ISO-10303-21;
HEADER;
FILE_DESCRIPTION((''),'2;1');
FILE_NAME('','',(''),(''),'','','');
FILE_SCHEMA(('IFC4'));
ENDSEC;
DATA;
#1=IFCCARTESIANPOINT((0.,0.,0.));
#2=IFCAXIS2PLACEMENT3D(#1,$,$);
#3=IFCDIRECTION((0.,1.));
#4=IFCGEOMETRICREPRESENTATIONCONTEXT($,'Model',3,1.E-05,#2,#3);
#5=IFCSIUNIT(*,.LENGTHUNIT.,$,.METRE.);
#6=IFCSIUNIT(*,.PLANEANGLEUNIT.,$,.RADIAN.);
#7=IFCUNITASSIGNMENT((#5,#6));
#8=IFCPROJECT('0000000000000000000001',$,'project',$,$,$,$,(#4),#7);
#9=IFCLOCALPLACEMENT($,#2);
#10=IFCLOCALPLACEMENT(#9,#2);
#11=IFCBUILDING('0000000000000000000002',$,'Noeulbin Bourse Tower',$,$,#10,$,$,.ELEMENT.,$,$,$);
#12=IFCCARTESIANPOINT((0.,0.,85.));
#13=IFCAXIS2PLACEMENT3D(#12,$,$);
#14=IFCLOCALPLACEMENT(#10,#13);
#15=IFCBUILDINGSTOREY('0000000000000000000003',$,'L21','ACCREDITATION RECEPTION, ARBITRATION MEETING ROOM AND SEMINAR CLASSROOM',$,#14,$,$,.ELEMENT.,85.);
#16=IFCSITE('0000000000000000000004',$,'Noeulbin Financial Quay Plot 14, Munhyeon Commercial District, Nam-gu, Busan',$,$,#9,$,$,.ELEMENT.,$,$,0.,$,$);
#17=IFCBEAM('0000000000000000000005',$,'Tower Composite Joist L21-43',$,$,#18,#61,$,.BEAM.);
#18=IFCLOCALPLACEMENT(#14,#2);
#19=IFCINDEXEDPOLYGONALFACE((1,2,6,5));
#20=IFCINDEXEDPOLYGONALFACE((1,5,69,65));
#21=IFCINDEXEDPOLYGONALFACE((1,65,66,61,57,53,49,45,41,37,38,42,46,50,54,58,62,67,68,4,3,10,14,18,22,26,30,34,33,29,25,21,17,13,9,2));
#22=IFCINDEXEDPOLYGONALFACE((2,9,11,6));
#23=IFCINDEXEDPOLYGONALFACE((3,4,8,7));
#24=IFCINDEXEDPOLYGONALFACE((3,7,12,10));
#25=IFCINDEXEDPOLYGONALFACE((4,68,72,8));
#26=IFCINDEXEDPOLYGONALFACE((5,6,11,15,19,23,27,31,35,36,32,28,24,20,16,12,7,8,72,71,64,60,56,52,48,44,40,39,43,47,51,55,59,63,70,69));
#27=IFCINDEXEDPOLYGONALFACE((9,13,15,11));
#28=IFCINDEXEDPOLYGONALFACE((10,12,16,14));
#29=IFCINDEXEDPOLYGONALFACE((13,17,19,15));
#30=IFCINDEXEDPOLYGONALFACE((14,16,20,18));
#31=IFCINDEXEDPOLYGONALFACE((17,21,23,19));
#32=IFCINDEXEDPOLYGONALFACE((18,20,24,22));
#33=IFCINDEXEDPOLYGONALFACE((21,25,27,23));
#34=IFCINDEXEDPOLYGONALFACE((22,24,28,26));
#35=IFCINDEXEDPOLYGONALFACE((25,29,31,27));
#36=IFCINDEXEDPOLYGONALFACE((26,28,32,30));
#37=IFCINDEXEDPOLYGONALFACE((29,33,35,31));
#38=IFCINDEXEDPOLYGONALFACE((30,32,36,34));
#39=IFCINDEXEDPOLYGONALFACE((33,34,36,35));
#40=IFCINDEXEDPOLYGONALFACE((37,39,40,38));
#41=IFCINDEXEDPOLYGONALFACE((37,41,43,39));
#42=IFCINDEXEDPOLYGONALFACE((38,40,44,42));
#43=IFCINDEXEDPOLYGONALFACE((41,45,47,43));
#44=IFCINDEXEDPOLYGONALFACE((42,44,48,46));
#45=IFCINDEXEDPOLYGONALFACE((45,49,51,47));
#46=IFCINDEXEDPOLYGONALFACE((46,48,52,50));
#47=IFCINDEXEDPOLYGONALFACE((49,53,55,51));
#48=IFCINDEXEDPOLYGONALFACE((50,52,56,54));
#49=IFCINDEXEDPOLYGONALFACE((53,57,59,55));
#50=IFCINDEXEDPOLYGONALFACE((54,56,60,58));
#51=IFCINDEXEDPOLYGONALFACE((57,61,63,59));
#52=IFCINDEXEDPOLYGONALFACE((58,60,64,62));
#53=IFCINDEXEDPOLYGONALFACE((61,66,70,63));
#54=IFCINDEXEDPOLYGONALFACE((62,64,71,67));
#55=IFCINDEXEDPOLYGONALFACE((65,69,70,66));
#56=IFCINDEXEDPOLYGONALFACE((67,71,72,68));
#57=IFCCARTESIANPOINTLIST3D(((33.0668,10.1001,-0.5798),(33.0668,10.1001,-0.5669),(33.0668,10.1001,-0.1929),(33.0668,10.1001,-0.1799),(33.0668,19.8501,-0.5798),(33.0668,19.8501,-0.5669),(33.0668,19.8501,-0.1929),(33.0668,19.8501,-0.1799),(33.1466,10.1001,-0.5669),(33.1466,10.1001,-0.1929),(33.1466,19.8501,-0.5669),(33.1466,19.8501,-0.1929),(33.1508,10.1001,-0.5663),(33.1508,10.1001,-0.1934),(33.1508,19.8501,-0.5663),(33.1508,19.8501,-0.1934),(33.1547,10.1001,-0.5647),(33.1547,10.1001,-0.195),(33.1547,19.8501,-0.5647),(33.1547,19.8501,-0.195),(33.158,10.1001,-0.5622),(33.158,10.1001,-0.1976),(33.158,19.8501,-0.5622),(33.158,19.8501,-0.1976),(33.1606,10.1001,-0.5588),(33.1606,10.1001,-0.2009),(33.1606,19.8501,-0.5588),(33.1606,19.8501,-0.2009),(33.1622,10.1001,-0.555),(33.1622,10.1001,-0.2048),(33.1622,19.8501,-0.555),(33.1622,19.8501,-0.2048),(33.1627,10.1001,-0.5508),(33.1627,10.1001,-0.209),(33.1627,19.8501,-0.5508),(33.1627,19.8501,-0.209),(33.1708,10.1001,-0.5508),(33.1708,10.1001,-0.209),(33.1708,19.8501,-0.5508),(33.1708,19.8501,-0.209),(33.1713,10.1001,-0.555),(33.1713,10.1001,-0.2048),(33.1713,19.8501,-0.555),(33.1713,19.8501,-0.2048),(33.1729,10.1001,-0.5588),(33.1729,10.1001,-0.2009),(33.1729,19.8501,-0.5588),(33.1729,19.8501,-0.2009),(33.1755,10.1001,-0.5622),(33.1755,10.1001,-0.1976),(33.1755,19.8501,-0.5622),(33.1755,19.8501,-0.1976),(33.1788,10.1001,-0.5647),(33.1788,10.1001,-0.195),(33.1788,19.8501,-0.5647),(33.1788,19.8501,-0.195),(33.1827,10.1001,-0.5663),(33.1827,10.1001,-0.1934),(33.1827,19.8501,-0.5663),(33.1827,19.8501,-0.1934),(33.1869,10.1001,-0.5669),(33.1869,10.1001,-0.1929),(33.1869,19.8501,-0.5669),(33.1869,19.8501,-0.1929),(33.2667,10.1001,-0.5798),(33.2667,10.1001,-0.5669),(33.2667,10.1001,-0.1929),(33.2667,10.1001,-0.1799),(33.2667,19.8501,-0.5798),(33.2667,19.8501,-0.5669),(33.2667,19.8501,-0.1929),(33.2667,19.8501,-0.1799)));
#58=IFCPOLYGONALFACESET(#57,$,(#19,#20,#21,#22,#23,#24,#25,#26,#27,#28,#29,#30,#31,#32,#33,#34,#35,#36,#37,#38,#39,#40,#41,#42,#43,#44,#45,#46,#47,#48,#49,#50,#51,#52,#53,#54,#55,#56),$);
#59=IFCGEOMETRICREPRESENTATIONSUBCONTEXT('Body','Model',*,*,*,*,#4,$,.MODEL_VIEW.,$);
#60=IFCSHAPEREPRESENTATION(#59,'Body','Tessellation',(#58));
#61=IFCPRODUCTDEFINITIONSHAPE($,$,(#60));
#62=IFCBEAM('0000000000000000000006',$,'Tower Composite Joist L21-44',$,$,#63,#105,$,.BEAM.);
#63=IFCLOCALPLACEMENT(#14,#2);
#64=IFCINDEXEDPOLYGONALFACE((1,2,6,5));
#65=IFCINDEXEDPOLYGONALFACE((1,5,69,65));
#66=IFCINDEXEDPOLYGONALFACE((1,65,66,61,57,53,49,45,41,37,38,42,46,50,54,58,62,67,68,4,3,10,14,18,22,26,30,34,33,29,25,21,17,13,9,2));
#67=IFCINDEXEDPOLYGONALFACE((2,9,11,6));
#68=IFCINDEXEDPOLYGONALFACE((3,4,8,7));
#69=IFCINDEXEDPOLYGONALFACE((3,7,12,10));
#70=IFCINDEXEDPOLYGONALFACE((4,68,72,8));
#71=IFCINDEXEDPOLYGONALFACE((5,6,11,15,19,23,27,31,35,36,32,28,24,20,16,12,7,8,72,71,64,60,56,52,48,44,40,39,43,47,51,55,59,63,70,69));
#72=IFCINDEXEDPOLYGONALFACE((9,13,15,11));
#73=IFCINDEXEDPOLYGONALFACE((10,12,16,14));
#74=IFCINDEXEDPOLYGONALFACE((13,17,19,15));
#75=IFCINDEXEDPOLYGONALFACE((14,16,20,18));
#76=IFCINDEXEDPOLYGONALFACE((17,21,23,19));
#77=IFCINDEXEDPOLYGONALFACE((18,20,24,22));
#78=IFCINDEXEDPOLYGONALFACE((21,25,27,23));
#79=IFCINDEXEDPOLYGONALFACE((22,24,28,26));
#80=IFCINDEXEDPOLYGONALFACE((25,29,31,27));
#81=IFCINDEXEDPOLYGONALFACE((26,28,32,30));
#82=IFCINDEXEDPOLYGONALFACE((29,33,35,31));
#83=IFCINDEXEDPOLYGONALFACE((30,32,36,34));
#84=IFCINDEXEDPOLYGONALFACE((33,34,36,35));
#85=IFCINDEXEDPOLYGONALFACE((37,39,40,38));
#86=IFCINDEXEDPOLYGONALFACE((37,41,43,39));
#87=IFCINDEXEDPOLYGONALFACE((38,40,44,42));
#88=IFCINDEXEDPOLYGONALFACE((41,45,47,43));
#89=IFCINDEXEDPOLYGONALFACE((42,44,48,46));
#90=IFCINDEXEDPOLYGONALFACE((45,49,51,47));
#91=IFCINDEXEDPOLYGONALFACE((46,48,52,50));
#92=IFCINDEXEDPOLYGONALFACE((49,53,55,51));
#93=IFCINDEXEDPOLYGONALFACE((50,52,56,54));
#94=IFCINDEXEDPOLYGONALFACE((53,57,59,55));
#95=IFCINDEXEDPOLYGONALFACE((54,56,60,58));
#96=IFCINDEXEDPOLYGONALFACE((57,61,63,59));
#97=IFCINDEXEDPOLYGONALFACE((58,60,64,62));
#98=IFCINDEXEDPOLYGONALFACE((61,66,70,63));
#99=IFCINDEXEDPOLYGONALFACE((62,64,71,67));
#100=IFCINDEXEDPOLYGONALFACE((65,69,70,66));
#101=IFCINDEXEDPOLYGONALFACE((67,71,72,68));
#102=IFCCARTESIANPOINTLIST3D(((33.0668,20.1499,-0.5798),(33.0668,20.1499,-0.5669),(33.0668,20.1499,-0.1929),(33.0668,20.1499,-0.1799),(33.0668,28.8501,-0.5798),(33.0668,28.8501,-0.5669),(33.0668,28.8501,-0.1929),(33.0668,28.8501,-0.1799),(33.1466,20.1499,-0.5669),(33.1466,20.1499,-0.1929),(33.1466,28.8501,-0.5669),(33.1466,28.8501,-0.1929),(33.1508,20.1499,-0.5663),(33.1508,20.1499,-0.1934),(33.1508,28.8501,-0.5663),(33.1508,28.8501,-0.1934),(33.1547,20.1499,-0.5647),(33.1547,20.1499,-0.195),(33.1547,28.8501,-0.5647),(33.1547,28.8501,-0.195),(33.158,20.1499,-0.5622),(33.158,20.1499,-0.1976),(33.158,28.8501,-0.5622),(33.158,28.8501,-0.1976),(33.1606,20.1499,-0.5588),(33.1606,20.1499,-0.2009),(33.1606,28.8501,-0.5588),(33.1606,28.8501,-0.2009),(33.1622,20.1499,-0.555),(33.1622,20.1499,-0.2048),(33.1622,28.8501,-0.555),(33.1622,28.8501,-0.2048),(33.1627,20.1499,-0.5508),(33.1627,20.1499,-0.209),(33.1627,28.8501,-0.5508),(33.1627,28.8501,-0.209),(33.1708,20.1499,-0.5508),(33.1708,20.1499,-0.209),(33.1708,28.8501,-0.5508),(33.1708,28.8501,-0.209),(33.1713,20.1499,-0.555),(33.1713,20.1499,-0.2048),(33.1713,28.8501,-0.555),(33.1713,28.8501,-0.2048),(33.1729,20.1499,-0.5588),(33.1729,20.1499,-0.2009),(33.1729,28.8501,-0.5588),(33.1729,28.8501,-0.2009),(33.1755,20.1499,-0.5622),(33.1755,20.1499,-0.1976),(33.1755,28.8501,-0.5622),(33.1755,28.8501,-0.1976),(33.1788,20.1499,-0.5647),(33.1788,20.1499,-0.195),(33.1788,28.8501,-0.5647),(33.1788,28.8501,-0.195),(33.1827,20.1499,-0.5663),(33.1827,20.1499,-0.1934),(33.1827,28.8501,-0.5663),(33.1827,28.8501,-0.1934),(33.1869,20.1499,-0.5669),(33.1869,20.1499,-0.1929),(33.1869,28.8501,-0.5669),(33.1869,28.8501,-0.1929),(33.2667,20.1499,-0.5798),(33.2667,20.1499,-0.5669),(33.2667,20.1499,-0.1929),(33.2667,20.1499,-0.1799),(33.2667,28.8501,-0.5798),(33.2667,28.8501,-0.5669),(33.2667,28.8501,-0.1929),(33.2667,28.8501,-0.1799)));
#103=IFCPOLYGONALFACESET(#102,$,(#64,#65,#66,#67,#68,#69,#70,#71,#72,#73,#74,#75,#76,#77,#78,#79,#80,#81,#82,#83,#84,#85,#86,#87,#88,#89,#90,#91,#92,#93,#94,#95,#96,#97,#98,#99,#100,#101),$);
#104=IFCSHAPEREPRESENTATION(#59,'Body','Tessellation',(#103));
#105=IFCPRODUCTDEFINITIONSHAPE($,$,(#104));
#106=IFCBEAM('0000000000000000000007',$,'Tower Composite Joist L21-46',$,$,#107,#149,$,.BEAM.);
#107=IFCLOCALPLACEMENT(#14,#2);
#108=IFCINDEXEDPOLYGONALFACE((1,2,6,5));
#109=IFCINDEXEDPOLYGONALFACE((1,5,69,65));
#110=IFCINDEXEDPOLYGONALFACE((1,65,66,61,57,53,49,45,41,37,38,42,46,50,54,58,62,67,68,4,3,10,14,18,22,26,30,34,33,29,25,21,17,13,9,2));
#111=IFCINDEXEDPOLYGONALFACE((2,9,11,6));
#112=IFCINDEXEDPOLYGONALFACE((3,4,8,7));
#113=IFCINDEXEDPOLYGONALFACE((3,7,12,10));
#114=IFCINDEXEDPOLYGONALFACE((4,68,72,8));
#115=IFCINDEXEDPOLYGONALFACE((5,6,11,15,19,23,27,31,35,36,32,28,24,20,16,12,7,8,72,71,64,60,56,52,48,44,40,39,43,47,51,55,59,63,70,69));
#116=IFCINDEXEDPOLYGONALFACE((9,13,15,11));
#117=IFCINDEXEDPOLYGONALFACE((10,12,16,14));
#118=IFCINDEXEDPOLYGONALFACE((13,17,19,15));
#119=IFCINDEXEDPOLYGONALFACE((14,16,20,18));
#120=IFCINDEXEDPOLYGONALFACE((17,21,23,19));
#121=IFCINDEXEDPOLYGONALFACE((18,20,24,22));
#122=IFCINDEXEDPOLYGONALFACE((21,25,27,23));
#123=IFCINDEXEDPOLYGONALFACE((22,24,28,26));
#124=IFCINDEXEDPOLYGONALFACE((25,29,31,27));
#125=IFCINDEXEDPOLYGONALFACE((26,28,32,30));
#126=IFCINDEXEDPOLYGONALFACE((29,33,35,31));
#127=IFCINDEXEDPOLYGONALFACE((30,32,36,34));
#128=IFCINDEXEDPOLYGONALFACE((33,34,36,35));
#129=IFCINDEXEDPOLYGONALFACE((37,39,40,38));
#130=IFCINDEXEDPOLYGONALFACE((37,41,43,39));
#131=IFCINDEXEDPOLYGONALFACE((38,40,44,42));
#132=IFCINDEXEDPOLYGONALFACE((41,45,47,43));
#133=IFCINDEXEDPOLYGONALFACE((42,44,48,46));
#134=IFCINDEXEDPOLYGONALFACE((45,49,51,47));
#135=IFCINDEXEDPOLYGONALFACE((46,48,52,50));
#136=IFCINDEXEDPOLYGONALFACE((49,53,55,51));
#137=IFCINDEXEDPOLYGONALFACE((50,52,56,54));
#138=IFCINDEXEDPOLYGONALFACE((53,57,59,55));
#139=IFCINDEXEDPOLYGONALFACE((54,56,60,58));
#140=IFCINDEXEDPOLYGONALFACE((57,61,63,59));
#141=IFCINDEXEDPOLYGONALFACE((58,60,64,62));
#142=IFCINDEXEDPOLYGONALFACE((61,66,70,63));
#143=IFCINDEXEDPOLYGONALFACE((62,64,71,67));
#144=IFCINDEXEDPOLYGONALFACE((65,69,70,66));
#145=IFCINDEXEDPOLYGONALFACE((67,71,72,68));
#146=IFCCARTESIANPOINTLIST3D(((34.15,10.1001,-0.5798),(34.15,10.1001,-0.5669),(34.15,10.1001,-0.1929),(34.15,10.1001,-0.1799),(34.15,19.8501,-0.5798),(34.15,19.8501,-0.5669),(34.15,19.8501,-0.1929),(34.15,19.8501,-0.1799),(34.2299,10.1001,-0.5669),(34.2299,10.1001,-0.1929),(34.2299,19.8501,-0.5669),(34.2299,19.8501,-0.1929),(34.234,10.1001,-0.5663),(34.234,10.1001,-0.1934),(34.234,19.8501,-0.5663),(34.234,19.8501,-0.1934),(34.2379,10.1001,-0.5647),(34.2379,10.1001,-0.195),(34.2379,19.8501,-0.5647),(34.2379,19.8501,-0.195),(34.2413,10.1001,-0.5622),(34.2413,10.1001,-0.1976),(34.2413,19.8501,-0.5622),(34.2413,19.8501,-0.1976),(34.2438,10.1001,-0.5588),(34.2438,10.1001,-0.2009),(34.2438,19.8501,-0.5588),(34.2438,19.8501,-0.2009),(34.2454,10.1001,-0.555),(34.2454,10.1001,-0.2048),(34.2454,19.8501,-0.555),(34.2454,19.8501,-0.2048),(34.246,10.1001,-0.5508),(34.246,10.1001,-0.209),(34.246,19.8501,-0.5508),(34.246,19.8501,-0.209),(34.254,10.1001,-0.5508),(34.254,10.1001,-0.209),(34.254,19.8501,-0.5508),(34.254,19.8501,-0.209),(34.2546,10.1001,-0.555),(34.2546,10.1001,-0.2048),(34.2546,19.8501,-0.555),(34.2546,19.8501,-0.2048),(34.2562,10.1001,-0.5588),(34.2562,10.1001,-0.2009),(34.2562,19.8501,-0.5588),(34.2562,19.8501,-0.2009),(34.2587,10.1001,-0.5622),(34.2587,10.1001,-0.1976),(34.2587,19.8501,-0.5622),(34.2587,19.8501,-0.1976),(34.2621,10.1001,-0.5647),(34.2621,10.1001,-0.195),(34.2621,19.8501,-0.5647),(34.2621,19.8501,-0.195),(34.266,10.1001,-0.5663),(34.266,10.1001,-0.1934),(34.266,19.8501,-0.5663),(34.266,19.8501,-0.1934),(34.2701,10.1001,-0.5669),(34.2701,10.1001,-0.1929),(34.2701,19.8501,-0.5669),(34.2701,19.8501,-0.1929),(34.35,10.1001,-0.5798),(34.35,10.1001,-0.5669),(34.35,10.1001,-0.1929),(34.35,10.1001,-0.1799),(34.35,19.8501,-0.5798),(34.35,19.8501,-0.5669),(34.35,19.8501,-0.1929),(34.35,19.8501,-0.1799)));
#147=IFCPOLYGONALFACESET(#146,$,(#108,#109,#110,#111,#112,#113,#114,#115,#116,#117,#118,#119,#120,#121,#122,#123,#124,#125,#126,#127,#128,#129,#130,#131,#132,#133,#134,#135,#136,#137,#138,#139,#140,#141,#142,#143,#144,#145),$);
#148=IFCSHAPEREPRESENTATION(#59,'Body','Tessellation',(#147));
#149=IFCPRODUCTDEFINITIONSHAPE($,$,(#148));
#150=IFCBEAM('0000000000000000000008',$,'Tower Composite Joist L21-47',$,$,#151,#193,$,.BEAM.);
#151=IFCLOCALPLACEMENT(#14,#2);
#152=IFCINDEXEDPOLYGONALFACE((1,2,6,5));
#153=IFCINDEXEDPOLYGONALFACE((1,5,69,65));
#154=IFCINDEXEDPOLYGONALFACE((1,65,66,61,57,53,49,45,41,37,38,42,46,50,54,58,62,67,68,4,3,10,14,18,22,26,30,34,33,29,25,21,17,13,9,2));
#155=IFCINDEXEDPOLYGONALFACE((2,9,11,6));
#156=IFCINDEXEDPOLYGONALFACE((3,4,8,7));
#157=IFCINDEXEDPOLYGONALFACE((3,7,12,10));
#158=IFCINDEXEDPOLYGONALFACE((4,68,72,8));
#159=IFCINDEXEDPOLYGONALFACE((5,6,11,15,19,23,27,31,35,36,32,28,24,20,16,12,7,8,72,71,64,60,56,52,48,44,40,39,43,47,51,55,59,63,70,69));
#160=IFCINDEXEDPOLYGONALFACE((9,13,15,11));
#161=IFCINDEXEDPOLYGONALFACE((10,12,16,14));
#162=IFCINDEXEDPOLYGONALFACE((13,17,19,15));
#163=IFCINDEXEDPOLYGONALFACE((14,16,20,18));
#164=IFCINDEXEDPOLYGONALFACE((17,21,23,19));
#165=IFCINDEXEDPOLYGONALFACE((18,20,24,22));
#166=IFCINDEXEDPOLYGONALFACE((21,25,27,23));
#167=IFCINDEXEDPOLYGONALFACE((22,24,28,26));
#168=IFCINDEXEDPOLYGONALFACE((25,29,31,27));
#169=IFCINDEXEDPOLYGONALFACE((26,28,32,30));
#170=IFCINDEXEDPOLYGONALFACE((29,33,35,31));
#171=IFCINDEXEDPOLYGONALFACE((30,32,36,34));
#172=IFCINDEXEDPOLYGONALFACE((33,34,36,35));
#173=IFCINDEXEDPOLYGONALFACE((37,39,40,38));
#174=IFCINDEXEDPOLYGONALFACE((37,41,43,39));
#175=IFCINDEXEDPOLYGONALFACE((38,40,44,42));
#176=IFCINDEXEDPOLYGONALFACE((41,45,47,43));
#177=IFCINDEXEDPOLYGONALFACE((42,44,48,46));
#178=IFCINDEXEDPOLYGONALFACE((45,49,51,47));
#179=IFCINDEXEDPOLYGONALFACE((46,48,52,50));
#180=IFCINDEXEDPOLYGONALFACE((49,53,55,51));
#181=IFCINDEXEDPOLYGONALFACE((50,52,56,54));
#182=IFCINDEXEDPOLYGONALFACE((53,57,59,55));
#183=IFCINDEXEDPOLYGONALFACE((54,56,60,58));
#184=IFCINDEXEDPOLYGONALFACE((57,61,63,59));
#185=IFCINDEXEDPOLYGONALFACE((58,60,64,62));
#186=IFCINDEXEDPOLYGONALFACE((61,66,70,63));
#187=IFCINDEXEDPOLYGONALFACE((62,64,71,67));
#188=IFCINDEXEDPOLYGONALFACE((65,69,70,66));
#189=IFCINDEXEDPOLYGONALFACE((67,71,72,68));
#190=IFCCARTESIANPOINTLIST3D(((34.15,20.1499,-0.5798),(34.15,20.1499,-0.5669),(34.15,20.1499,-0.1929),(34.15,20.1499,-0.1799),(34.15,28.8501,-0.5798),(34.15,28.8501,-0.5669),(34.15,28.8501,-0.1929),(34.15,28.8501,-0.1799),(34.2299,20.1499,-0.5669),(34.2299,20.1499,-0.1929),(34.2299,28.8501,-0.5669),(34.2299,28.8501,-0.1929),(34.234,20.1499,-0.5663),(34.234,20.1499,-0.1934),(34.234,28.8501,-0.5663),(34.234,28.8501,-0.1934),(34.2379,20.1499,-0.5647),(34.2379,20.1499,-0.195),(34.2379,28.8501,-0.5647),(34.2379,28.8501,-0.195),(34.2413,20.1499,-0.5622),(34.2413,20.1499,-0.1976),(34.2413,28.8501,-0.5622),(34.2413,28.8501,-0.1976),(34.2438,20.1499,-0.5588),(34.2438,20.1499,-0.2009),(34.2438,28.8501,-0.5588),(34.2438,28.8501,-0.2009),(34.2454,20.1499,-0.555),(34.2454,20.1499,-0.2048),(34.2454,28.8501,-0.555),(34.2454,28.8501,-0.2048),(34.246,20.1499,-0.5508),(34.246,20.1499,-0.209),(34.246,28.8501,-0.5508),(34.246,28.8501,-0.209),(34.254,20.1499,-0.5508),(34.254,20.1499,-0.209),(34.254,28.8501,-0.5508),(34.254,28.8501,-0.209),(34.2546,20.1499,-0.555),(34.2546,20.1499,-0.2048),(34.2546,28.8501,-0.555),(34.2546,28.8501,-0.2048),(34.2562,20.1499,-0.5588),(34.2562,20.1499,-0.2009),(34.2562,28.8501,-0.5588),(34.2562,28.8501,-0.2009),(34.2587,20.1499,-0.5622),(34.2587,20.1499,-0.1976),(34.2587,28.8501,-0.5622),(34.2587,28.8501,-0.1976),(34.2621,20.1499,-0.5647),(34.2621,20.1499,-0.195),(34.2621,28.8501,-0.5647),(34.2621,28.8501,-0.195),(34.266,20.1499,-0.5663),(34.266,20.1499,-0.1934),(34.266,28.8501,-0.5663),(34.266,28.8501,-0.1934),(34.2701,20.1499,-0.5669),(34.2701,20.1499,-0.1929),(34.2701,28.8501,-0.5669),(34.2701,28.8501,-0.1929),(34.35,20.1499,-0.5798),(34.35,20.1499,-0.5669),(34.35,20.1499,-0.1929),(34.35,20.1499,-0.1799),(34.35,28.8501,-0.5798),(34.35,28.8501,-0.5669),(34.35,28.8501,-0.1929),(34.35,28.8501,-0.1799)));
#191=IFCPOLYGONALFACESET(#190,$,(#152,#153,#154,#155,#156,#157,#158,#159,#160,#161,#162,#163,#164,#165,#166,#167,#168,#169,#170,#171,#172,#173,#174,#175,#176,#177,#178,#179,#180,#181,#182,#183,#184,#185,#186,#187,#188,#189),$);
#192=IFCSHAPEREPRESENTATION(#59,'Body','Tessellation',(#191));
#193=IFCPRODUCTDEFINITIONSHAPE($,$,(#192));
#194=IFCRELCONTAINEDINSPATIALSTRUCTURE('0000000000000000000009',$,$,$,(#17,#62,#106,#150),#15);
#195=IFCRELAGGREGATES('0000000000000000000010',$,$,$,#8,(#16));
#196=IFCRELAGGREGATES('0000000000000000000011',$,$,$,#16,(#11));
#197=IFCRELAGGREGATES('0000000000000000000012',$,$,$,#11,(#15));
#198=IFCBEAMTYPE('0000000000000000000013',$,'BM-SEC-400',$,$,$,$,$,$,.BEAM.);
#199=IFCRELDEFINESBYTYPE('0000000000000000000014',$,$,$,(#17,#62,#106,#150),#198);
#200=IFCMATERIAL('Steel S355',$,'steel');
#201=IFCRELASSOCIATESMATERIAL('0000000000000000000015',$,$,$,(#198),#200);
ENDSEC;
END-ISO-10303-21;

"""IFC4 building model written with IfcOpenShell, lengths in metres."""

from ifc_helpers import new_model, si_unit, direction, frame, origin, origin_2d, place, context, subcontext, project, spatial, i_section, extrude, material, material_profile, profile_set, type_object, element, save


model = new_model("IFC4")

# Units and contexts
model_context = context("Model", 3, precision=1e-05, world=origin(), true_north=direction((0.0, 1.0)))
body_context = subcontext(model_context, "Body", "Model", "MODEL_VIEW")
ifc_project = project(units=[si_unit("LENGTHUNIT", "METRE"), si_unit("PLANEANGLEUNIT", "RADIAN")], contexts=[model_context])

# Site, building, storey
site_placement = place(None, origin())
site = spatial("IfcSite", under=ifc_project, at=site_placement, Name="Noeulbin Financial Quay Plot 14, Munhyeon Commercial District, Nam-gu, Busan", CompositionType="ELEMENT", RefElevation=0.0)
building_placement = place(site_placement, origin())
building = spatial("IfcBuilding", under=site, at=building_placement, Name="Noeulbin Bourse Tower", CompositionType="ELEMENT")
storey_placement = place(building_placement, frame((0.0, 0.0, 85.0)))
storey = spatial("IfcBuildingStorey", under=building, at=storey_placement, Name="L21", Description="ACCREDITATION RECEPTION, ARBITRATION MEETING ROOM AND SEMINAR CLASSROOM", CompositionType="ELEMENT", Elevation=85.0)

# Beams
ifc_material_1 = material(Name="Steel S355", Category="steel")
ifc_material_profile_1 = material_profile(ifc_material_1, i_section(OverallWidth=0.2, OverallDepth=0.3999, WebThickness=0.0081, FlangeThickness=0.0129, FilletRadius=0.0161, at=origin_2d()), Name="H-400x200x8x13", Category="LoadBearing")
ifc_profile_set_1 = profile_set([ifc_material_profile_1], Name="Steel S355")
beam_type_1 = type_object("IfcBeamType", Name="BM-SEC-400", PredefinedType="BEAM", material=ifc_profile_set_1)
beam_1_placement = place(storey_placement, frame((33.1667, 10.1001, -0.3799), z_axis=(0.0, 1.0, 0.0), x_axis=(-1.0, 0.0, 0.0)))
element("IfcBeam", 1, at=beam_1_placement, inside=storey, type_object=beam_type_1, Name="Tower Composite Joist L21-43", PredefinedType="BEAM", context=body_context, shape_type="SweptSolid", body=[
    extrude(i_section(OverallWidth=0.2, OverallDepth=0.3999, WebThickness=0.0081, FlangeThickness=0.0129, FilletRadius=0.0161, at=origin_2d()), origin(), (0.0, 0.0, 1.0), 9.75),
])
beam_2_placement = place(storey_placement, frame((33.1667, 20.1499, -0.3799), z_axis=(0.0, 1.0, 0.0), x_axis=(-1.0, 0.0, 0.0)))
element("IfcBeam", 2, at=beam_2_placement, inside=storey, type_object=beam_type_1, Name="Tower Composite Joist L21-44", PredefinedType="BEAM", context=body_context, shape_type="SweptSolid", body=[
    extrude(i_section(OverallWidth=0.2, OverallDepth=0.3999, WebThickness=0.0081, FlangeThickness=0.0129, FilletRadius=0.0161, at=origin_2d()), origin(), (0.0, 0.0, 1.0), 8.7002),
])
beam_3_placement = place(storey_placement, frame((34.25, 10.1001, -0.3799), z_axis=(0.0, 1.0, 0.0), x_axis=(-1.0, 0.0, 0.0)))
element("IfcBeam", 3, at=beam_3_placement, inside=storey, type_object=beam_type_1, Name="Tower Composite Joist L21-46", PredefinedType="BEAM", context=body_context, shape_type="SweptSolid", body=[
    extrude(i_section(OverallWidth=0.2, OverallDepth=0.3999, WebThickness=0.0081, FlangeThickness=0.0129, FilletRadius=0.0161, at=origin_2d()), origin(), (0.0, 0.0, 1.0), 9.75),
])
beam_4_placement = place(storey_placement, frame((34.25, 20.1499, -0.3799), z_axis=(0.0, 1.0, 0.0), x_axis=(-1.0, 0.0, 0.0)))
element("IfcBeam", 4, at=beam_4_placement, inside=storey, type_object=beam_type_1, Name="Tower Composite Joist L21-47", PredefinedType="BEAM", context=body_context, shape_type="SweptSolid", body=[
    extrude(i_section(OverallWidth=0.2, OverallDepth=0.3999, WebThickness=0.0081, FlangeThickness=0.0129, FilletRadius=0.0161, at=origin_2d()), origin(), (0.0, 0.0, 1.0), 8.7002),
])

save(model, "model.ifc")
